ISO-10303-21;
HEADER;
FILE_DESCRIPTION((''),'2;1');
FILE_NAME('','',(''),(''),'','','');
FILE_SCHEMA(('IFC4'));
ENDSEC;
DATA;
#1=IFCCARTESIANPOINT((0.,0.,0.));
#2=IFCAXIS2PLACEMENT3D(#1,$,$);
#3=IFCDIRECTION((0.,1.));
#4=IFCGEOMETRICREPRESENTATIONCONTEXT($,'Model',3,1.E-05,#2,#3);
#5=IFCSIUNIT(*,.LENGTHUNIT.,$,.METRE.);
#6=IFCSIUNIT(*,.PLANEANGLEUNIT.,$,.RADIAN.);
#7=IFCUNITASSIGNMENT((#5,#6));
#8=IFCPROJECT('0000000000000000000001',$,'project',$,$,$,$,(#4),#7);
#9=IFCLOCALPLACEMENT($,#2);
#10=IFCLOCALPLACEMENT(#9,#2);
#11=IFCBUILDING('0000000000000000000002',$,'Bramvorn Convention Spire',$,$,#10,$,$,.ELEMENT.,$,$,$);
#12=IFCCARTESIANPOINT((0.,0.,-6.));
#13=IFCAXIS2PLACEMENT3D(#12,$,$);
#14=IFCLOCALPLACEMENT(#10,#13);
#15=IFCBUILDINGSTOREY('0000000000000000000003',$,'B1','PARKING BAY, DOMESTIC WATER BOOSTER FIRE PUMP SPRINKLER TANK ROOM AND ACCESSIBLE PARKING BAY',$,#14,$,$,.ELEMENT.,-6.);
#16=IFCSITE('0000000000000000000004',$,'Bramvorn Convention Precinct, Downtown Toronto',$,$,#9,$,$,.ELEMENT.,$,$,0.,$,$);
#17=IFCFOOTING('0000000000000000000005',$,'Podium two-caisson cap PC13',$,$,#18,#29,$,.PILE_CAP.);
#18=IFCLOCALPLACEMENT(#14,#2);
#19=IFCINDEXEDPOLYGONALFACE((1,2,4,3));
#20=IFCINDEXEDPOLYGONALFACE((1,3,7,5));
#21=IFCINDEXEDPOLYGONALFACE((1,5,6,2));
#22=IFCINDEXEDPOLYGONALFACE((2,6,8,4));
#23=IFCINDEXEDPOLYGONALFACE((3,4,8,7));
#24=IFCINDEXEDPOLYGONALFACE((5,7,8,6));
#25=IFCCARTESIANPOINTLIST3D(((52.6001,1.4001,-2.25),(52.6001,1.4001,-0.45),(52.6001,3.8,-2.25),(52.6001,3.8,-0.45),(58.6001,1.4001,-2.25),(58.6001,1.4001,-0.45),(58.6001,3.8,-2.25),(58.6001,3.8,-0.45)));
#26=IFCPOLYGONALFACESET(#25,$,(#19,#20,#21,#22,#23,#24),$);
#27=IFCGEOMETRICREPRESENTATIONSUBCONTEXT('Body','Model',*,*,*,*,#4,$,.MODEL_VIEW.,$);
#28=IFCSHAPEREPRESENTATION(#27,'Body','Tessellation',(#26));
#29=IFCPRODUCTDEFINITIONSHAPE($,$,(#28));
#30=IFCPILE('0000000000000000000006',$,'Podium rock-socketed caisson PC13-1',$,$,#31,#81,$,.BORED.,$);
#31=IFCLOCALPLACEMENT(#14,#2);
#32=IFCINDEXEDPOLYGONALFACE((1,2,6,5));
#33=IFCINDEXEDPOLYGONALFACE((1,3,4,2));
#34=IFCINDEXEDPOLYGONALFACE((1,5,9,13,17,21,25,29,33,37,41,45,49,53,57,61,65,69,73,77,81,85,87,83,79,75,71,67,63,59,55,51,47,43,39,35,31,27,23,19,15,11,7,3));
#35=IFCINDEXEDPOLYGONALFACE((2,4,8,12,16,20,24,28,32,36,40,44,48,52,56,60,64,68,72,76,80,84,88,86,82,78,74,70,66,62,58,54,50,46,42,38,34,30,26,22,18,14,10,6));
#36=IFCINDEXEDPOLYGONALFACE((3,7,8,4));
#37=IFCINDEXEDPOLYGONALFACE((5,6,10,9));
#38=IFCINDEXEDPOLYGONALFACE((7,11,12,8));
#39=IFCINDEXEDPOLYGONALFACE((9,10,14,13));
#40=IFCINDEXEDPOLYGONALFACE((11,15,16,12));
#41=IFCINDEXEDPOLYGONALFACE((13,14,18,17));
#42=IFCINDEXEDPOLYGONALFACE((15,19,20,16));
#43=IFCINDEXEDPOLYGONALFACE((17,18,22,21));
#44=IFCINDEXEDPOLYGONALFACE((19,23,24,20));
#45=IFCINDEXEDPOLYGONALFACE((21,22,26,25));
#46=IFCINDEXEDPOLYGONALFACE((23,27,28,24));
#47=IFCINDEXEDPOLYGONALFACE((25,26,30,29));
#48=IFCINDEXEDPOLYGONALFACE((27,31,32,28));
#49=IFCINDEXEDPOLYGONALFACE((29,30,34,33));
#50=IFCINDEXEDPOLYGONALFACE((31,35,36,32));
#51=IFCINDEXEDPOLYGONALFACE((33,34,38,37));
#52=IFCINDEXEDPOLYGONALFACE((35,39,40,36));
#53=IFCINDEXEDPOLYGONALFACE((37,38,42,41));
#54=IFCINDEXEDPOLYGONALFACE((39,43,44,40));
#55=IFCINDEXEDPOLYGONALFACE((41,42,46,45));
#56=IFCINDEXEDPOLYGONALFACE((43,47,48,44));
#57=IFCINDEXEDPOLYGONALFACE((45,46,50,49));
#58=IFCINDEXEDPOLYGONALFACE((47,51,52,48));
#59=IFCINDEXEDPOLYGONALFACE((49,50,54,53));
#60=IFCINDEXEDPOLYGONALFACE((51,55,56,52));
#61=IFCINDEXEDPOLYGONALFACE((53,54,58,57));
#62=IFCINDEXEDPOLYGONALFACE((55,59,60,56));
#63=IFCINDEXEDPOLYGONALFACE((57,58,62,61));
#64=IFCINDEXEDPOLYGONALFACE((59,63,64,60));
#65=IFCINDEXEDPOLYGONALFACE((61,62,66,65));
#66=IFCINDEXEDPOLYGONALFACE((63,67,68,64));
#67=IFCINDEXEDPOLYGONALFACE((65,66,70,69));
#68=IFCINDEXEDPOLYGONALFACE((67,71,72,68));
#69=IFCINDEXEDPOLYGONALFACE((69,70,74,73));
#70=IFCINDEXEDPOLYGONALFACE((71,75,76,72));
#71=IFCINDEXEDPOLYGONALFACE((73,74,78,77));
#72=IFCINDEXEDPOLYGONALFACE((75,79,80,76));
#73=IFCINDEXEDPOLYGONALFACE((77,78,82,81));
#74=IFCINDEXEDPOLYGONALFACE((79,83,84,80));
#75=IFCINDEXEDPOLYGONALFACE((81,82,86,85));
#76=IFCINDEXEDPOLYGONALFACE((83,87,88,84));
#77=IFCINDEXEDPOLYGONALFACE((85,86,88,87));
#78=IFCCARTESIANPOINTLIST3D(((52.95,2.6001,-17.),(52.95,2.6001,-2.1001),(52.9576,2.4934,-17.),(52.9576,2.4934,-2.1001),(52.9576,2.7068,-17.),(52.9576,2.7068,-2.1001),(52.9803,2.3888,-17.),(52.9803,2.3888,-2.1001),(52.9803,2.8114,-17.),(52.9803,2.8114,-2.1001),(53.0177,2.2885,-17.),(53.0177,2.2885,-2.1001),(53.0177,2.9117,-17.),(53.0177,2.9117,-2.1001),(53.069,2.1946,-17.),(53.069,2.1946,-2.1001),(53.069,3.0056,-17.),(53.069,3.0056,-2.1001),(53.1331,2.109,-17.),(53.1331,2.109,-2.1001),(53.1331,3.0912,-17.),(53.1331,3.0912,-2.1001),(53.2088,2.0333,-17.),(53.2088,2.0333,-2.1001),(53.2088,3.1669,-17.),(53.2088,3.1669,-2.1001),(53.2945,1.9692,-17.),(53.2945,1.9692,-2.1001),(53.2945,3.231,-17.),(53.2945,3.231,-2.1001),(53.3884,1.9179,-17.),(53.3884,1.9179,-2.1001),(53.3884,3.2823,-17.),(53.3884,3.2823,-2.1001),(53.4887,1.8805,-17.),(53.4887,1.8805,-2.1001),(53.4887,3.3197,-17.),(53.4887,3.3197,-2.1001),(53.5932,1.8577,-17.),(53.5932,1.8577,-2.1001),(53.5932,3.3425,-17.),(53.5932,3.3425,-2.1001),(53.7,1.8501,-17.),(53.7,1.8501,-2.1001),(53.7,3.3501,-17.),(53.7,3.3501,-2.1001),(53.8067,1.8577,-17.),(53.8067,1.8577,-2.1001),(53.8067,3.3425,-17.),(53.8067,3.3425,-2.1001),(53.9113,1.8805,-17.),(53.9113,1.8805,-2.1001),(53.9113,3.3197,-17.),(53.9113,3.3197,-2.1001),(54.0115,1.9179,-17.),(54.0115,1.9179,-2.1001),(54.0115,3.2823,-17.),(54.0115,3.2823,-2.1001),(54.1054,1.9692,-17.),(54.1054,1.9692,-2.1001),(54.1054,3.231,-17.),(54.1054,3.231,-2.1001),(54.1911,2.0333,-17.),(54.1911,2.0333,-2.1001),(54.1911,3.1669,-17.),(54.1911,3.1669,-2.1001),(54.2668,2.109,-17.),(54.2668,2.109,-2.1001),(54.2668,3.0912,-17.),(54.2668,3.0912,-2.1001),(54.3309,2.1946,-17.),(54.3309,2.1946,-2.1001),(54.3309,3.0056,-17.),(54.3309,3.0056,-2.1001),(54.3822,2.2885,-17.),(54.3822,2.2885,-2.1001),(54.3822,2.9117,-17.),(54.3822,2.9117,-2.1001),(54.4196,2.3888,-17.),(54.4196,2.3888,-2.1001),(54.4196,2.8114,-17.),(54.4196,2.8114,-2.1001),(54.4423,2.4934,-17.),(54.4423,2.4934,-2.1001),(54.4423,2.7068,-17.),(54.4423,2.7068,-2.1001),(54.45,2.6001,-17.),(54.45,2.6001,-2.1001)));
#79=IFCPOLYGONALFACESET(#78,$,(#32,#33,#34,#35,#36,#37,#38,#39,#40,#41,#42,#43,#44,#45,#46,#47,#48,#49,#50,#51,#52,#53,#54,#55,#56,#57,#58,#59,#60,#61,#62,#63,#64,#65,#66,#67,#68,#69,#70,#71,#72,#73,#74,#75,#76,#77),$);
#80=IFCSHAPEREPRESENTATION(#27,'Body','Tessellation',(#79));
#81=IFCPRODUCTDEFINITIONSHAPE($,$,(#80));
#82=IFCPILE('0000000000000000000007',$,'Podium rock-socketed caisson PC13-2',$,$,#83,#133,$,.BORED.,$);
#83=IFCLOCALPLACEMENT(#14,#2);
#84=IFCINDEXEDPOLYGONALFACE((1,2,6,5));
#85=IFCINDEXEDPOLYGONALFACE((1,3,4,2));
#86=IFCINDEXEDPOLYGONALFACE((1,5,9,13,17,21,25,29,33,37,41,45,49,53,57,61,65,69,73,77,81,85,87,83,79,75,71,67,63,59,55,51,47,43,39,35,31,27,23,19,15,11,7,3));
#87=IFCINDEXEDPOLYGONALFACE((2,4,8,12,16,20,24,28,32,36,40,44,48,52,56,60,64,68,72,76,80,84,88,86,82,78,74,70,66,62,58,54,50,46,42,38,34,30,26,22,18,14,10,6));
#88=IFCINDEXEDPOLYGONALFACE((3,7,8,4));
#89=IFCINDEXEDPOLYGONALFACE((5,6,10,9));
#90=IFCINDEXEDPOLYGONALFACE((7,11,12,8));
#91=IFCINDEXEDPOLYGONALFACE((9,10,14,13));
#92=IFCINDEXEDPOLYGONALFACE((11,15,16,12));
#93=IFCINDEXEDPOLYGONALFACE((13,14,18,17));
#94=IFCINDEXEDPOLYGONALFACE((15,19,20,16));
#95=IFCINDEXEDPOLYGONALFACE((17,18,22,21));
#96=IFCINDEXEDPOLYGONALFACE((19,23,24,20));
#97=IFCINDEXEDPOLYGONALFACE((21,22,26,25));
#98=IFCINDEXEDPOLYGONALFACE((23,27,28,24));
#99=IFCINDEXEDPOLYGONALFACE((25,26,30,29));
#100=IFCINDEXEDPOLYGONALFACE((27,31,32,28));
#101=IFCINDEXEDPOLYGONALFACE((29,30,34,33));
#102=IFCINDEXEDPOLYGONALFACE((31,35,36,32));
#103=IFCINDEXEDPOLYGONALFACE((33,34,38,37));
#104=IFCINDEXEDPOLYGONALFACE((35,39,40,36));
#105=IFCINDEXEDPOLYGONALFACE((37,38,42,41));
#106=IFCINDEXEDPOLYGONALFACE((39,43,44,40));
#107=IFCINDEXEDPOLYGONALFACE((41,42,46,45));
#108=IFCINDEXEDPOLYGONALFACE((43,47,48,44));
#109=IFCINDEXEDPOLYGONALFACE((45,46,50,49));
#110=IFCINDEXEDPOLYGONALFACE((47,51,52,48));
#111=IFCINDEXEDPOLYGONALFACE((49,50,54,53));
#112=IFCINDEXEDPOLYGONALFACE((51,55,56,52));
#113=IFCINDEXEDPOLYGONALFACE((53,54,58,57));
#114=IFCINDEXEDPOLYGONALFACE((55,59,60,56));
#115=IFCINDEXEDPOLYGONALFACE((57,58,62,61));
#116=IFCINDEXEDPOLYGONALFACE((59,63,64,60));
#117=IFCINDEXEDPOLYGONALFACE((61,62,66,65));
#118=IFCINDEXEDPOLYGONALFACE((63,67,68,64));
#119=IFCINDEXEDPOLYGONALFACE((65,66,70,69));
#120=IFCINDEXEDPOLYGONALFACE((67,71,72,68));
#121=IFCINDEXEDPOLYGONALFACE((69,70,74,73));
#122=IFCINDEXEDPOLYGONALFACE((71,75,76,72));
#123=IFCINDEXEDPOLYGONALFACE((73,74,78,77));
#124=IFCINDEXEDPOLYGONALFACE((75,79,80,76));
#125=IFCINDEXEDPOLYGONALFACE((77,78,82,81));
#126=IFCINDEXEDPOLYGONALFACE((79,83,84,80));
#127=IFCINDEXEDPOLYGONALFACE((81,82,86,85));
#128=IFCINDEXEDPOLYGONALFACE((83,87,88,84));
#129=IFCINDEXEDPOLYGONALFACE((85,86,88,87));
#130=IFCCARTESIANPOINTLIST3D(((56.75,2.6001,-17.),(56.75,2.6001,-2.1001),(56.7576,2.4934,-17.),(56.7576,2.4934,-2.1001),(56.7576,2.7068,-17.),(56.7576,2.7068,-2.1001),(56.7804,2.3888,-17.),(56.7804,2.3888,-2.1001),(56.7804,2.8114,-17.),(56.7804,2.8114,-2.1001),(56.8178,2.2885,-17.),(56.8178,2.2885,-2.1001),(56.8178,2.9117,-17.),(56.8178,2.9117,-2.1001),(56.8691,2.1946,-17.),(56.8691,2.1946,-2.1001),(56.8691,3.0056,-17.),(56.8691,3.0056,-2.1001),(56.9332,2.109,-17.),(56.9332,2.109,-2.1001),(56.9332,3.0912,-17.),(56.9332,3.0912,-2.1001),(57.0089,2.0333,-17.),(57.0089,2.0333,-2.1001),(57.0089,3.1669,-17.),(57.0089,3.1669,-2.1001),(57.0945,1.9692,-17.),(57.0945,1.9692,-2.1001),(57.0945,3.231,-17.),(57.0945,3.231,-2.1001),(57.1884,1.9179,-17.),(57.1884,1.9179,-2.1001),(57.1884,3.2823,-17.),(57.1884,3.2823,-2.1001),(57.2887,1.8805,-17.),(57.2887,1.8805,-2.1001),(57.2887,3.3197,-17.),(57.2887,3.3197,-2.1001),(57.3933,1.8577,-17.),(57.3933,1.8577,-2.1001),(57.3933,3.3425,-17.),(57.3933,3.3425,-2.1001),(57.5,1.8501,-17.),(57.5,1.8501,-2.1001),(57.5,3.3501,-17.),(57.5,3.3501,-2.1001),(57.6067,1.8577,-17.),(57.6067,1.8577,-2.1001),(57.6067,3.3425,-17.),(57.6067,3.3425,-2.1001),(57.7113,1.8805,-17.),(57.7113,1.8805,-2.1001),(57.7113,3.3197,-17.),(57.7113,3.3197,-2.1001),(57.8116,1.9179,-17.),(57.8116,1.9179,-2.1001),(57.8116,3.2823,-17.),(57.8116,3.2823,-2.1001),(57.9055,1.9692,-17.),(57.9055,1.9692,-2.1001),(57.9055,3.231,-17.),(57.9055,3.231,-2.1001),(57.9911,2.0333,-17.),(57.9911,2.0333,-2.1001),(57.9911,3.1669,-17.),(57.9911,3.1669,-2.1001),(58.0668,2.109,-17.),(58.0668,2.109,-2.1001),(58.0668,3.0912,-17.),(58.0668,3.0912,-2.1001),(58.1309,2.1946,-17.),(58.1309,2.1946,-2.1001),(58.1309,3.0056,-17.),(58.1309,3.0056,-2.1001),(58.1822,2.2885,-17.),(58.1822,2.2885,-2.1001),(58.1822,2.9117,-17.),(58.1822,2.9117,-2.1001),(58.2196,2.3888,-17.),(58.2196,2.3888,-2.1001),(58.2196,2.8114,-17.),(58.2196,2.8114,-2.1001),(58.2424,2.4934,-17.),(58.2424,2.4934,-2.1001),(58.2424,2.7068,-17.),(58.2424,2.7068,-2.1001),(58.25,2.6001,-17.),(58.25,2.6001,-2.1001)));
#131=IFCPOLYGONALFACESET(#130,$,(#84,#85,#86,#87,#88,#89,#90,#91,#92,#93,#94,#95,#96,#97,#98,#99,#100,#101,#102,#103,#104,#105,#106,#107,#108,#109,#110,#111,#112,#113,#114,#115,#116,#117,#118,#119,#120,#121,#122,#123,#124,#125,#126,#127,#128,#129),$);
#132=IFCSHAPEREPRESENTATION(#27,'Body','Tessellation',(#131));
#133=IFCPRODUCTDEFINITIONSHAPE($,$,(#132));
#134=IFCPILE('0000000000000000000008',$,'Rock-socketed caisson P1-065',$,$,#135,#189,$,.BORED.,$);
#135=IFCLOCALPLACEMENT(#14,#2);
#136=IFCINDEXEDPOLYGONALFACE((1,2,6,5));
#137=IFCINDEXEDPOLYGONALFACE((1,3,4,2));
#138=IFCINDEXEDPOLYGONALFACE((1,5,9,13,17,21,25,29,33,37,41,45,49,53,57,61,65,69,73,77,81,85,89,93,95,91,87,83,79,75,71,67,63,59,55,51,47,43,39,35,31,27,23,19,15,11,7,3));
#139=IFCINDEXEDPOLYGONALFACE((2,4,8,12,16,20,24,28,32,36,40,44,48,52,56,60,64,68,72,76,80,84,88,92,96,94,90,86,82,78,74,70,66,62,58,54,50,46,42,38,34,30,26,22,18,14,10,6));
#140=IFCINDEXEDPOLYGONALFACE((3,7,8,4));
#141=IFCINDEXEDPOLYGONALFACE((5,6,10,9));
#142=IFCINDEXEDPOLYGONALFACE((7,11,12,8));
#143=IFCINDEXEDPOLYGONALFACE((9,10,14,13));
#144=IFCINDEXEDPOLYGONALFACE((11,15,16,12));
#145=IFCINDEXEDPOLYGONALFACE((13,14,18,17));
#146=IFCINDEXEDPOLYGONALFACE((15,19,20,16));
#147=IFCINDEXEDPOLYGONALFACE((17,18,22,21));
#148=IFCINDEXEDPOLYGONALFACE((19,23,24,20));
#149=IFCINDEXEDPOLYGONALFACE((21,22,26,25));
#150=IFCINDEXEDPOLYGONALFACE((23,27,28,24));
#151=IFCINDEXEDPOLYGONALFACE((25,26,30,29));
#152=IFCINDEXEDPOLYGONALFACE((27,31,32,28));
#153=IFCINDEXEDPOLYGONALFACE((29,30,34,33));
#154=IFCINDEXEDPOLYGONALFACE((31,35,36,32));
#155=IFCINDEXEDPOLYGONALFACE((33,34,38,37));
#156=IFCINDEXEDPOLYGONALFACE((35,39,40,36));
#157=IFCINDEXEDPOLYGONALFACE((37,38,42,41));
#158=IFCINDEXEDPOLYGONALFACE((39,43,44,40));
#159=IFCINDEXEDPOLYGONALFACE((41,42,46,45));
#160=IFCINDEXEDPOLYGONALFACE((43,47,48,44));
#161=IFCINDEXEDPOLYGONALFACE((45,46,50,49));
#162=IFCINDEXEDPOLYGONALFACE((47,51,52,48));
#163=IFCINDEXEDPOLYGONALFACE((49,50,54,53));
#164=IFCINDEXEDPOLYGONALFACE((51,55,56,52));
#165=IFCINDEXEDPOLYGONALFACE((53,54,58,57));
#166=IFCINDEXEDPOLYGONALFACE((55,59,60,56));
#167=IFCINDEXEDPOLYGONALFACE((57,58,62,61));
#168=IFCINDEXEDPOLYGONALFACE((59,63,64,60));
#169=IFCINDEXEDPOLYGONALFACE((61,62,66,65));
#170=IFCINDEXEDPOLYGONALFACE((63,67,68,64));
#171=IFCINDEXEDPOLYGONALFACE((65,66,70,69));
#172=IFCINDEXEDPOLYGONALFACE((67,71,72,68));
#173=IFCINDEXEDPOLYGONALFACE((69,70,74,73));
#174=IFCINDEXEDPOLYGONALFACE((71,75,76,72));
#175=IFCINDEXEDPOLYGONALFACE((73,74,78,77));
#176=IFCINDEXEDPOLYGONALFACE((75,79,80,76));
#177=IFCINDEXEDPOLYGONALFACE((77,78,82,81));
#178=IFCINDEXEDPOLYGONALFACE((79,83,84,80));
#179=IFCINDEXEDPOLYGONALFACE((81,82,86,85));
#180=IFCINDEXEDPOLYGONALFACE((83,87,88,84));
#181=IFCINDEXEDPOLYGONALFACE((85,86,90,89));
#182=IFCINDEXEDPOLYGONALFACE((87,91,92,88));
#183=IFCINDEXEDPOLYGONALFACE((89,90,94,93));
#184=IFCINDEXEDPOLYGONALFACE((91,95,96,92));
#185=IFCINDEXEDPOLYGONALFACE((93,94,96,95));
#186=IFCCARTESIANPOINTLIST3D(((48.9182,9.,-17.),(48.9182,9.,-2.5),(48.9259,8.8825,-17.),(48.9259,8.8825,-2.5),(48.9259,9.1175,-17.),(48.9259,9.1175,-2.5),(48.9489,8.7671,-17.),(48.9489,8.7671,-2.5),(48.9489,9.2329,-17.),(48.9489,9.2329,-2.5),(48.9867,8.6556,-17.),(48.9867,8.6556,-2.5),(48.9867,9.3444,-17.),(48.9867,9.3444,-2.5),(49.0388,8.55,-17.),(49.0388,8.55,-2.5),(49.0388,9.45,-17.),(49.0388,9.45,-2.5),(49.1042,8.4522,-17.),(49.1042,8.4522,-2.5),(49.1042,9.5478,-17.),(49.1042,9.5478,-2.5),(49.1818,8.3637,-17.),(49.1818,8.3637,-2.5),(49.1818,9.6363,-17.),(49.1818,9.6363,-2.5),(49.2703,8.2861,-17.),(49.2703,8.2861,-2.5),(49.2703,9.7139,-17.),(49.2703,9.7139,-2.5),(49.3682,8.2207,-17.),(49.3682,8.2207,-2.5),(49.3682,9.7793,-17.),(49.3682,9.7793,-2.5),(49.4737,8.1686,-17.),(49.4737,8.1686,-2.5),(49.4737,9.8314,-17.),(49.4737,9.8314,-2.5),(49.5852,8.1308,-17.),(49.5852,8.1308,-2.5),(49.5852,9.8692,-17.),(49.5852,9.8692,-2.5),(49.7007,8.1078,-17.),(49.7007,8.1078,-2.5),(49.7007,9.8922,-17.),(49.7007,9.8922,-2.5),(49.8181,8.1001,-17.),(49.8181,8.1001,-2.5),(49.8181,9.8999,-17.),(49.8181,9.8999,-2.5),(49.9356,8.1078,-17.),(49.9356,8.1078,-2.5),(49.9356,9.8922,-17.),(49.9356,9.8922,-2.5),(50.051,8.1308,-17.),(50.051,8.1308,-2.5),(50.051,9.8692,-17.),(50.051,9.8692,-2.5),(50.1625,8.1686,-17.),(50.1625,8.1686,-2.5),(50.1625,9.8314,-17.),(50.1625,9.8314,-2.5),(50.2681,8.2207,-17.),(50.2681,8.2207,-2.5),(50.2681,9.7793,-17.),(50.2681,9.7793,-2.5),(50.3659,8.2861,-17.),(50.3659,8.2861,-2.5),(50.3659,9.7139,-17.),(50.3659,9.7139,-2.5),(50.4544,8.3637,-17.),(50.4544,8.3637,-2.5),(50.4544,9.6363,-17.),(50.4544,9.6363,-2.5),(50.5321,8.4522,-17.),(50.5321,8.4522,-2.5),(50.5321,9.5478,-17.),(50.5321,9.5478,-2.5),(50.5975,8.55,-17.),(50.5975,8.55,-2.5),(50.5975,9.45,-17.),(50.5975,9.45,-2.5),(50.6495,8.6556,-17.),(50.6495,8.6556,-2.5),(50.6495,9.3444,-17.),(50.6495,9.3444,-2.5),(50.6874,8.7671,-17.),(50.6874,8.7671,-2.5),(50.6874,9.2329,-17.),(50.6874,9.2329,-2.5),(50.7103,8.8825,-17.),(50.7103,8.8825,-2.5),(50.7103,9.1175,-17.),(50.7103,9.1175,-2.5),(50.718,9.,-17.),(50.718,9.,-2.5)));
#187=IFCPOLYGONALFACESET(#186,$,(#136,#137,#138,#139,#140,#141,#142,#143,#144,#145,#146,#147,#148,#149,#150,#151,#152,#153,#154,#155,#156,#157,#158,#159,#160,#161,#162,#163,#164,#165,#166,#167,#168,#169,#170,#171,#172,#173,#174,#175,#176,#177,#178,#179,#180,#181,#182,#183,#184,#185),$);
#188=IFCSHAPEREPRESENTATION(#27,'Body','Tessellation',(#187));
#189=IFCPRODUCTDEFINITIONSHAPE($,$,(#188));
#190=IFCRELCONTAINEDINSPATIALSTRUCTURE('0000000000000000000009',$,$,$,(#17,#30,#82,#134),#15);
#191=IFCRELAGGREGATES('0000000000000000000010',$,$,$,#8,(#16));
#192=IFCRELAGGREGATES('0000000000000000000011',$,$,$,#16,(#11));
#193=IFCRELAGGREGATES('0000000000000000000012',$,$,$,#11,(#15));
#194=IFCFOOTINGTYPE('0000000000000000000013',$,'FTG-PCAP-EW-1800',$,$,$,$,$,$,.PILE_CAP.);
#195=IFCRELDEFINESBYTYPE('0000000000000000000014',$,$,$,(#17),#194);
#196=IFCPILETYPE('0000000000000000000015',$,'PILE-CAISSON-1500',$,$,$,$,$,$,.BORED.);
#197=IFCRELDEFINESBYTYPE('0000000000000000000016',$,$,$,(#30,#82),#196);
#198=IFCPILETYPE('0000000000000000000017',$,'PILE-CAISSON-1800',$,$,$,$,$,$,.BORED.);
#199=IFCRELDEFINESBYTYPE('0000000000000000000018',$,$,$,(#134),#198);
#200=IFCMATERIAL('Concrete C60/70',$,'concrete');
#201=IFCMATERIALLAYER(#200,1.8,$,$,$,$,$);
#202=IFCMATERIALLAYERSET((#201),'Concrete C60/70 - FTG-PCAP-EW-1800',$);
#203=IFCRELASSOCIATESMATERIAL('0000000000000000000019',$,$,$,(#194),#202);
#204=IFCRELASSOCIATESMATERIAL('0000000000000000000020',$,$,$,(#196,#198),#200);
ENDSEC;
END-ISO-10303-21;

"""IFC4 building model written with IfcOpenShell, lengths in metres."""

from ifc_helpers import new_model, si_unit, direction, frame, origin, origin_2d, place, context, subcontext, project, spatial, rectangle, circle, extrude, material, layer, layer_set, material_profile, profile_set, type_object, element, save


model = new_model("IFC4")

# Units and contexts
model_context = context("Model", 3, precision=1e-05, world=origin(), true_north=direction((0.0, 1.0)))
body_context = subcontext(model_context, "Body", "Model", "MODEL_VIEW")
ifc_project = project(units=[si_unit("LENGTHUNIT", "METRE"), si_unit("PLANEANGLEUNIT", "RADIAN")], contexts=[model_context])

# Site, building, storey
site_placement = place(None, origin())
site = spatial("IfcSite", under=ifc_project, at=site_placement, Name="Bramvorn Convention Precinct, Downtown Toronto", CompositionType="ELEMENT", RefElevation=0.0)
building_placement = place(site_placement, origin())
building = spatial("IfcBuilding", under=site, at=building_placement, Name="Bramvorn Convention Spire", CompositionType="ELEMENT")
storey_placement = place(building_placement, frame((0.0, 0.0, -6.0)))
storey = spatial("IfcBuildingStorey", under=building, at=storey_placement, Name="B1", Description="PARKING BAY, DOMESTIC WATER BOOSTER FIRE PUMP SPRINKLER TANK ROOM AND ACCESSIBLE PARKING BAY", CompositionType="ELEMENT", Elevation=-6.0)

# Footing
ifc_material_1 = material(Name="Concrete C60/70", Category="concrete")
ifc_layer_1 = layer(ifc_material_1, 1.8)
ifc_layer_set_1 = layer_set([ifc_layer_1], Name="Concrete C60/70 - FTG-PCAP-EW-1800")
footing_type = type_object("IfcFootingType", Name="FTG-PCAP-EW-1800", PredefinedType="PILE_CAP", material=ifc_layer_set_1)
footing_placement = place(storey_placement, frame((55.6001, 2.6001, -2.25), z_axis=(0.0, 0.0, 1.0), x_axis=(1.0, 0.0, 0.0)))
element("IfcFooting", 1, at=footing_placement, inside=storey, type_object=footing_type, Name="Podium two-caisson cap PC13", PredefinedType="PILE_CAP", context=body_context, shape_type="SweptSolid", body=[
    extrude(rectangle(XDim=6.0, YDim=2.3999, at=origin_2d()), origin(), (0.0, 0.0, 1.0), 1.8),
])

# Piles
ifc_material_profile_1 = material_profile(ifc_material_1, circle(Radius=0.75, at=origin_2d()))
ifc_profile_set_1 = profile_set([ifc_material_profile_1], Name="Concrete C60/70 - CAISSON1500")
pile_type_1 = type_object("IfcPileType", Name="PILE-CAISSON-1500", PredefinedType="BORED", material=ifc_profile_set_1)
for number, where, z_axis, x_axis, name in (
    (2, (53.7, 2.6001, -2.1001), (0.0, 0.0, -1.0), (1.0, 0.0, 0.0), "Podium rock-socketed caisson PC13-1"),
    (3, (57.5, 2.6001, -2.1001), (0.0, 0.0, -1.0), (1.0, 0.0, 0.0), "Podium rock-socketed caisson PC13-2"),
):
    element("IfcPile", number, at=place(storey_placement, frame(where, z_axis=z_axis, x_axis=x_axis)), inside=storey, type_object=pile_type_1, Name=name, PredefinedType="BORED", context=body_context, shape_type="SweptSolid", body=[
        extrude(circle(Radius=0.75, at=origin_2d()), origin(), (0.0, 0.0, 1.0), 14.8999),
    ])
ifc_material_profile_2 = material_profile(ifc_material_1, circle(Radius=0.8999, at=origin_2d()))
ifc_profile_set_2 = profile_set([ifc_material_profile_2], Name="Concrete C60/70 - CAISSON1800")
pile_type_2 = type_object("IfcPileType", Name="PILE-CAISSON-1800", PredefinedType="BORED", material=ifc_profile_set_2)
for number, where, z_axis, x_axis, name in (
    (4, (49.8181, 9.0, -2.5), (0.0, 0.0, -1.0), (1.0, 0.0, 0.0), "Rock-socketed caisson P1-065"),
):
    element("IfcPile", number, at=place(storey_placement, frame(where, z_axis=z_axis, x_axis=x_axis)), inside=storey, type_object=pile_type_2, Name=name, PredefinedType="BORED", context=body_context, shape_type="SweptSolid", body=[
        extrude(circle(Radius=0.8999, at=origin_2d()), origin(), (0.0, 0.0, 1.0), 14.5),
    ])

save(model, "model.ifc")
